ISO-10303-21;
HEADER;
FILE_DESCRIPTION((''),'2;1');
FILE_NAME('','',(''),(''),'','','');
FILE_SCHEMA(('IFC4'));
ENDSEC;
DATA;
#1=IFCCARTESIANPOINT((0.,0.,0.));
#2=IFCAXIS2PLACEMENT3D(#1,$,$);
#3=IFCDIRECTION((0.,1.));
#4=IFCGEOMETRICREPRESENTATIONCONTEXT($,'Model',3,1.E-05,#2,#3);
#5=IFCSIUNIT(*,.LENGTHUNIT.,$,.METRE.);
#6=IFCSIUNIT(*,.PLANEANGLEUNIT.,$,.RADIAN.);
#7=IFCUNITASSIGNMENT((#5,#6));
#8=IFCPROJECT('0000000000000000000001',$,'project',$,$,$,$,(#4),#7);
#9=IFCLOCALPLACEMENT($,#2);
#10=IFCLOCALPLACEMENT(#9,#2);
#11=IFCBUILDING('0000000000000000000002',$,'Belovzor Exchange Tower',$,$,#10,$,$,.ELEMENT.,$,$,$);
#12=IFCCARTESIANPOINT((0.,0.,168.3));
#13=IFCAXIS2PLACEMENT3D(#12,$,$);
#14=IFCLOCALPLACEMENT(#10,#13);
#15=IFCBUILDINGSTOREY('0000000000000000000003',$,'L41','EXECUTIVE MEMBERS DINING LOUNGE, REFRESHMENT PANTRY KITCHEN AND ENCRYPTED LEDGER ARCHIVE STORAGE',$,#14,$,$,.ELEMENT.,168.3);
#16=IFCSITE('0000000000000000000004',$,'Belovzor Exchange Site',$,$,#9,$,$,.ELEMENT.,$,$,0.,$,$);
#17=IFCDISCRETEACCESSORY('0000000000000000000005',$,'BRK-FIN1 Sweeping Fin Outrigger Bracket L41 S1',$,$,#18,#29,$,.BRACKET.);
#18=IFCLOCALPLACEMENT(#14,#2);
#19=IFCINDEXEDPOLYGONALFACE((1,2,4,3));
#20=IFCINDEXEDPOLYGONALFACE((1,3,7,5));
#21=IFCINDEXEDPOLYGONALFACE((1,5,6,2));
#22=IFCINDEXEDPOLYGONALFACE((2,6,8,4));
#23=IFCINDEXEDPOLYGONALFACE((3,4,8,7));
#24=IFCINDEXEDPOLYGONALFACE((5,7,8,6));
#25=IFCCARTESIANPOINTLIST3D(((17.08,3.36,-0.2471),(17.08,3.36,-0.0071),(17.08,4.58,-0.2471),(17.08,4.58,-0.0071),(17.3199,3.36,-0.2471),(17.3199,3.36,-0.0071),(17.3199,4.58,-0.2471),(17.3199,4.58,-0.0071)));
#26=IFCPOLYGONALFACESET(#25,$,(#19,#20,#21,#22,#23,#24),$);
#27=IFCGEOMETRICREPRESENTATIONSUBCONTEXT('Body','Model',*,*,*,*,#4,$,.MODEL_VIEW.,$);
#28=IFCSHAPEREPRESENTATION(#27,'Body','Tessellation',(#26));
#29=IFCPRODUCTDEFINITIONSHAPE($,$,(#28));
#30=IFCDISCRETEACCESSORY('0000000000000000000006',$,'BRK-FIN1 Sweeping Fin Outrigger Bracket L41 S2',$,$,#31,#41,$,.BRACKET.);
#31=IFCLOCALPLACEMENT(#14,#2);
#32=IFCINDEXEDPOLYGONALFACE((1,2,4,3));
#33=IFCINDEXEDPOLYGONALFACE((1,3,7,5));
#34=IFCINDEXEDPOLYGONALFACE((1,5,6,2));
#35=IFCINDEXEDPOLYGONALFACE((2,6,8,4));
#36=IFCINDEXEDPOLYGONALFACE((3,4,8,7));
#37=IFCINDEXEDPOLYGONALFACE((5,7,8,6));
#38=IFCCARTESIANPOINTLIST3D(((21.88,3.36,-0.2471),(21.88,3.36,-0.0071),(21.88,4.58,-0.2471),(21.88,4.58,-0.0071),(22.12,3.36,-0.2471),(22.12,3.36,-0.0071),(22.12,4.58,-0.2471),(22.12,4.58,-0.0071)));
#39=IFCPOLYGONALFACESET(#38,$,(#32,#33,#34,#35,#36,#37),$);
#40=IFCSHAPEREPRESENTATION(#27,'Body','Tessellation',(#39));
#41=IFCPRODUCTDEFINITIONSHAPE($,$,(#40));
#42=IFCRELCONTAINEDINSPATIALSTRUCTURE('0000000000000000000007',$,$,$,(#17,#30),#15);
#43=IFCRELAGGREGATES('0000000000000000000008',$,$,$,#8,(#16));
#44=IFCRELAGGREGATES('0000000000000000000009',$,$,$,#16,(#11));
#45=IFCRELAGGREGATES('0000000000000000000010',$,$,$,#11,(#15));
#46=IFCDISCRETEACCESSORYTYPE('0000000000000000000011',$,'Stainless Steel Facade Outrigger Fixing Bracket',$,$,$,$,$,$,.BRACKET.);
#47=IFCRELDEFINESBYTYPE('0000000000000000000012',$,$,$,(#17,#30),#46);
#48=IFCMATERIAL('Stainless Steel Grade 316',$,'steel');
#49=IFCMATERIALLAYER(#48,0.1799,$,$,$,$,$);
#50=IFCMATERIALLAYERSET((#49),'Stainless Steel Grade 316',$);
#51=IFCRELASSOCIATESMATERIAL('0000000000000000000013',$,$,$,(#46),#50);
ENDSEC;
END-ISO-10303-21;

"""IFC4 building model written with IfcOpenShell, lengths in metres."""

from ifc_helpers import new_model, si_unit, direction, frame, origin, origin_2d, place, context, subcontext, project, spatial, rectangle, extrude, material, layer, layer_set, type_object, element, save


model = new_model("IFC4")

# Units and contexts
model_context = context("Model", 3, precision=1e-05, world=origin(), true_north=direction((0.0, 1.0)))
body_context = subcontext(model_context, "Body", "Model", "MODEL_VIEW")
ifc_project = project(units=[si_unit("LENGTHUNIT", "METRE"), si_unit("PLANEANGLEUNIT", "RADIAN")], contexts=[model_context])

# Site, building, storey
site_placement = place(None, origin())
site = spatial("IfcSite", under=ifc_project, at=site_placement, Name="Belovzor Exchange Site", CompositionType="ELEMENT", RefElevation=0.0)
building_placement = place(site_placement, origin())
building = spatial("IfcBuilding", under=site, at=building_placement, Name="Belovzor Exchange Tower", CompositionType="ELEMENT")
storey_placement = place(building_placement, frame((0.0, 0.0, 168.3)))
storey = spatial("IfcBuildingStorey", under=building, at=storey_placement, Name="L41", Description="EXECUTIVE MEMBERS DINING LOUNGE, REFRESHMENT PANTRY KITCHEN AND ENCRYPTED LEDGER ARCHIVE STORAGE", CompositionType="ELEMENT", Elevation=168.3)

# Discrete accessories
ifc_material_1 = material(Name="Stainless Steel Grade 316", Category="steel")
ifc_layer_1 = layer(ifc_material_1, 0.1799)
ifc_layer_set_1 = layer_set([ifc_layer_1], Name="Stainless Steel Grade 316")
discrete_accessory_type = type_object("IfcDiscreteAccessoryType", Name="Stainless Steel Facade Outrigger Fixing Bracket", PredefinedType="BRACKET", material=ifc_layer_set_1)
for number, where, z_axis, x_axis, name in (
    (1, (17.2, 3.97, -0.2471), (0.0, 0.0, 1.0), (0.0, 1.0, 0.0), "BRK-FIN1 Sweeping Fin Outrigger Bracket L41 S1"),
    (2, (22.0, 3.97, -0.2471), (0.0, 0.0, 1.0), (0.0, 1.0, 0.0), "BRK-FIN1 Sweeping Fin Outrigger Bracket L41 S2"),
):
    element("IfcDiscreteAccessory", number, at=place(storey_placement, frame(where, z_axis=z_axis, x_axis=x_axis)), inside=storey, type_object=discrete_accessory_type, Name=name, PredefinedType="BRACKET", context=body_context, shape_type="SweptSolid", body=[
        extrude(rectangle(XDim=1.22, YDim=0.24, at=origin_2d()), origin(), (0.0, 0.0, 1.0), 0.24),
    ])

save(model, "model.ifc")
